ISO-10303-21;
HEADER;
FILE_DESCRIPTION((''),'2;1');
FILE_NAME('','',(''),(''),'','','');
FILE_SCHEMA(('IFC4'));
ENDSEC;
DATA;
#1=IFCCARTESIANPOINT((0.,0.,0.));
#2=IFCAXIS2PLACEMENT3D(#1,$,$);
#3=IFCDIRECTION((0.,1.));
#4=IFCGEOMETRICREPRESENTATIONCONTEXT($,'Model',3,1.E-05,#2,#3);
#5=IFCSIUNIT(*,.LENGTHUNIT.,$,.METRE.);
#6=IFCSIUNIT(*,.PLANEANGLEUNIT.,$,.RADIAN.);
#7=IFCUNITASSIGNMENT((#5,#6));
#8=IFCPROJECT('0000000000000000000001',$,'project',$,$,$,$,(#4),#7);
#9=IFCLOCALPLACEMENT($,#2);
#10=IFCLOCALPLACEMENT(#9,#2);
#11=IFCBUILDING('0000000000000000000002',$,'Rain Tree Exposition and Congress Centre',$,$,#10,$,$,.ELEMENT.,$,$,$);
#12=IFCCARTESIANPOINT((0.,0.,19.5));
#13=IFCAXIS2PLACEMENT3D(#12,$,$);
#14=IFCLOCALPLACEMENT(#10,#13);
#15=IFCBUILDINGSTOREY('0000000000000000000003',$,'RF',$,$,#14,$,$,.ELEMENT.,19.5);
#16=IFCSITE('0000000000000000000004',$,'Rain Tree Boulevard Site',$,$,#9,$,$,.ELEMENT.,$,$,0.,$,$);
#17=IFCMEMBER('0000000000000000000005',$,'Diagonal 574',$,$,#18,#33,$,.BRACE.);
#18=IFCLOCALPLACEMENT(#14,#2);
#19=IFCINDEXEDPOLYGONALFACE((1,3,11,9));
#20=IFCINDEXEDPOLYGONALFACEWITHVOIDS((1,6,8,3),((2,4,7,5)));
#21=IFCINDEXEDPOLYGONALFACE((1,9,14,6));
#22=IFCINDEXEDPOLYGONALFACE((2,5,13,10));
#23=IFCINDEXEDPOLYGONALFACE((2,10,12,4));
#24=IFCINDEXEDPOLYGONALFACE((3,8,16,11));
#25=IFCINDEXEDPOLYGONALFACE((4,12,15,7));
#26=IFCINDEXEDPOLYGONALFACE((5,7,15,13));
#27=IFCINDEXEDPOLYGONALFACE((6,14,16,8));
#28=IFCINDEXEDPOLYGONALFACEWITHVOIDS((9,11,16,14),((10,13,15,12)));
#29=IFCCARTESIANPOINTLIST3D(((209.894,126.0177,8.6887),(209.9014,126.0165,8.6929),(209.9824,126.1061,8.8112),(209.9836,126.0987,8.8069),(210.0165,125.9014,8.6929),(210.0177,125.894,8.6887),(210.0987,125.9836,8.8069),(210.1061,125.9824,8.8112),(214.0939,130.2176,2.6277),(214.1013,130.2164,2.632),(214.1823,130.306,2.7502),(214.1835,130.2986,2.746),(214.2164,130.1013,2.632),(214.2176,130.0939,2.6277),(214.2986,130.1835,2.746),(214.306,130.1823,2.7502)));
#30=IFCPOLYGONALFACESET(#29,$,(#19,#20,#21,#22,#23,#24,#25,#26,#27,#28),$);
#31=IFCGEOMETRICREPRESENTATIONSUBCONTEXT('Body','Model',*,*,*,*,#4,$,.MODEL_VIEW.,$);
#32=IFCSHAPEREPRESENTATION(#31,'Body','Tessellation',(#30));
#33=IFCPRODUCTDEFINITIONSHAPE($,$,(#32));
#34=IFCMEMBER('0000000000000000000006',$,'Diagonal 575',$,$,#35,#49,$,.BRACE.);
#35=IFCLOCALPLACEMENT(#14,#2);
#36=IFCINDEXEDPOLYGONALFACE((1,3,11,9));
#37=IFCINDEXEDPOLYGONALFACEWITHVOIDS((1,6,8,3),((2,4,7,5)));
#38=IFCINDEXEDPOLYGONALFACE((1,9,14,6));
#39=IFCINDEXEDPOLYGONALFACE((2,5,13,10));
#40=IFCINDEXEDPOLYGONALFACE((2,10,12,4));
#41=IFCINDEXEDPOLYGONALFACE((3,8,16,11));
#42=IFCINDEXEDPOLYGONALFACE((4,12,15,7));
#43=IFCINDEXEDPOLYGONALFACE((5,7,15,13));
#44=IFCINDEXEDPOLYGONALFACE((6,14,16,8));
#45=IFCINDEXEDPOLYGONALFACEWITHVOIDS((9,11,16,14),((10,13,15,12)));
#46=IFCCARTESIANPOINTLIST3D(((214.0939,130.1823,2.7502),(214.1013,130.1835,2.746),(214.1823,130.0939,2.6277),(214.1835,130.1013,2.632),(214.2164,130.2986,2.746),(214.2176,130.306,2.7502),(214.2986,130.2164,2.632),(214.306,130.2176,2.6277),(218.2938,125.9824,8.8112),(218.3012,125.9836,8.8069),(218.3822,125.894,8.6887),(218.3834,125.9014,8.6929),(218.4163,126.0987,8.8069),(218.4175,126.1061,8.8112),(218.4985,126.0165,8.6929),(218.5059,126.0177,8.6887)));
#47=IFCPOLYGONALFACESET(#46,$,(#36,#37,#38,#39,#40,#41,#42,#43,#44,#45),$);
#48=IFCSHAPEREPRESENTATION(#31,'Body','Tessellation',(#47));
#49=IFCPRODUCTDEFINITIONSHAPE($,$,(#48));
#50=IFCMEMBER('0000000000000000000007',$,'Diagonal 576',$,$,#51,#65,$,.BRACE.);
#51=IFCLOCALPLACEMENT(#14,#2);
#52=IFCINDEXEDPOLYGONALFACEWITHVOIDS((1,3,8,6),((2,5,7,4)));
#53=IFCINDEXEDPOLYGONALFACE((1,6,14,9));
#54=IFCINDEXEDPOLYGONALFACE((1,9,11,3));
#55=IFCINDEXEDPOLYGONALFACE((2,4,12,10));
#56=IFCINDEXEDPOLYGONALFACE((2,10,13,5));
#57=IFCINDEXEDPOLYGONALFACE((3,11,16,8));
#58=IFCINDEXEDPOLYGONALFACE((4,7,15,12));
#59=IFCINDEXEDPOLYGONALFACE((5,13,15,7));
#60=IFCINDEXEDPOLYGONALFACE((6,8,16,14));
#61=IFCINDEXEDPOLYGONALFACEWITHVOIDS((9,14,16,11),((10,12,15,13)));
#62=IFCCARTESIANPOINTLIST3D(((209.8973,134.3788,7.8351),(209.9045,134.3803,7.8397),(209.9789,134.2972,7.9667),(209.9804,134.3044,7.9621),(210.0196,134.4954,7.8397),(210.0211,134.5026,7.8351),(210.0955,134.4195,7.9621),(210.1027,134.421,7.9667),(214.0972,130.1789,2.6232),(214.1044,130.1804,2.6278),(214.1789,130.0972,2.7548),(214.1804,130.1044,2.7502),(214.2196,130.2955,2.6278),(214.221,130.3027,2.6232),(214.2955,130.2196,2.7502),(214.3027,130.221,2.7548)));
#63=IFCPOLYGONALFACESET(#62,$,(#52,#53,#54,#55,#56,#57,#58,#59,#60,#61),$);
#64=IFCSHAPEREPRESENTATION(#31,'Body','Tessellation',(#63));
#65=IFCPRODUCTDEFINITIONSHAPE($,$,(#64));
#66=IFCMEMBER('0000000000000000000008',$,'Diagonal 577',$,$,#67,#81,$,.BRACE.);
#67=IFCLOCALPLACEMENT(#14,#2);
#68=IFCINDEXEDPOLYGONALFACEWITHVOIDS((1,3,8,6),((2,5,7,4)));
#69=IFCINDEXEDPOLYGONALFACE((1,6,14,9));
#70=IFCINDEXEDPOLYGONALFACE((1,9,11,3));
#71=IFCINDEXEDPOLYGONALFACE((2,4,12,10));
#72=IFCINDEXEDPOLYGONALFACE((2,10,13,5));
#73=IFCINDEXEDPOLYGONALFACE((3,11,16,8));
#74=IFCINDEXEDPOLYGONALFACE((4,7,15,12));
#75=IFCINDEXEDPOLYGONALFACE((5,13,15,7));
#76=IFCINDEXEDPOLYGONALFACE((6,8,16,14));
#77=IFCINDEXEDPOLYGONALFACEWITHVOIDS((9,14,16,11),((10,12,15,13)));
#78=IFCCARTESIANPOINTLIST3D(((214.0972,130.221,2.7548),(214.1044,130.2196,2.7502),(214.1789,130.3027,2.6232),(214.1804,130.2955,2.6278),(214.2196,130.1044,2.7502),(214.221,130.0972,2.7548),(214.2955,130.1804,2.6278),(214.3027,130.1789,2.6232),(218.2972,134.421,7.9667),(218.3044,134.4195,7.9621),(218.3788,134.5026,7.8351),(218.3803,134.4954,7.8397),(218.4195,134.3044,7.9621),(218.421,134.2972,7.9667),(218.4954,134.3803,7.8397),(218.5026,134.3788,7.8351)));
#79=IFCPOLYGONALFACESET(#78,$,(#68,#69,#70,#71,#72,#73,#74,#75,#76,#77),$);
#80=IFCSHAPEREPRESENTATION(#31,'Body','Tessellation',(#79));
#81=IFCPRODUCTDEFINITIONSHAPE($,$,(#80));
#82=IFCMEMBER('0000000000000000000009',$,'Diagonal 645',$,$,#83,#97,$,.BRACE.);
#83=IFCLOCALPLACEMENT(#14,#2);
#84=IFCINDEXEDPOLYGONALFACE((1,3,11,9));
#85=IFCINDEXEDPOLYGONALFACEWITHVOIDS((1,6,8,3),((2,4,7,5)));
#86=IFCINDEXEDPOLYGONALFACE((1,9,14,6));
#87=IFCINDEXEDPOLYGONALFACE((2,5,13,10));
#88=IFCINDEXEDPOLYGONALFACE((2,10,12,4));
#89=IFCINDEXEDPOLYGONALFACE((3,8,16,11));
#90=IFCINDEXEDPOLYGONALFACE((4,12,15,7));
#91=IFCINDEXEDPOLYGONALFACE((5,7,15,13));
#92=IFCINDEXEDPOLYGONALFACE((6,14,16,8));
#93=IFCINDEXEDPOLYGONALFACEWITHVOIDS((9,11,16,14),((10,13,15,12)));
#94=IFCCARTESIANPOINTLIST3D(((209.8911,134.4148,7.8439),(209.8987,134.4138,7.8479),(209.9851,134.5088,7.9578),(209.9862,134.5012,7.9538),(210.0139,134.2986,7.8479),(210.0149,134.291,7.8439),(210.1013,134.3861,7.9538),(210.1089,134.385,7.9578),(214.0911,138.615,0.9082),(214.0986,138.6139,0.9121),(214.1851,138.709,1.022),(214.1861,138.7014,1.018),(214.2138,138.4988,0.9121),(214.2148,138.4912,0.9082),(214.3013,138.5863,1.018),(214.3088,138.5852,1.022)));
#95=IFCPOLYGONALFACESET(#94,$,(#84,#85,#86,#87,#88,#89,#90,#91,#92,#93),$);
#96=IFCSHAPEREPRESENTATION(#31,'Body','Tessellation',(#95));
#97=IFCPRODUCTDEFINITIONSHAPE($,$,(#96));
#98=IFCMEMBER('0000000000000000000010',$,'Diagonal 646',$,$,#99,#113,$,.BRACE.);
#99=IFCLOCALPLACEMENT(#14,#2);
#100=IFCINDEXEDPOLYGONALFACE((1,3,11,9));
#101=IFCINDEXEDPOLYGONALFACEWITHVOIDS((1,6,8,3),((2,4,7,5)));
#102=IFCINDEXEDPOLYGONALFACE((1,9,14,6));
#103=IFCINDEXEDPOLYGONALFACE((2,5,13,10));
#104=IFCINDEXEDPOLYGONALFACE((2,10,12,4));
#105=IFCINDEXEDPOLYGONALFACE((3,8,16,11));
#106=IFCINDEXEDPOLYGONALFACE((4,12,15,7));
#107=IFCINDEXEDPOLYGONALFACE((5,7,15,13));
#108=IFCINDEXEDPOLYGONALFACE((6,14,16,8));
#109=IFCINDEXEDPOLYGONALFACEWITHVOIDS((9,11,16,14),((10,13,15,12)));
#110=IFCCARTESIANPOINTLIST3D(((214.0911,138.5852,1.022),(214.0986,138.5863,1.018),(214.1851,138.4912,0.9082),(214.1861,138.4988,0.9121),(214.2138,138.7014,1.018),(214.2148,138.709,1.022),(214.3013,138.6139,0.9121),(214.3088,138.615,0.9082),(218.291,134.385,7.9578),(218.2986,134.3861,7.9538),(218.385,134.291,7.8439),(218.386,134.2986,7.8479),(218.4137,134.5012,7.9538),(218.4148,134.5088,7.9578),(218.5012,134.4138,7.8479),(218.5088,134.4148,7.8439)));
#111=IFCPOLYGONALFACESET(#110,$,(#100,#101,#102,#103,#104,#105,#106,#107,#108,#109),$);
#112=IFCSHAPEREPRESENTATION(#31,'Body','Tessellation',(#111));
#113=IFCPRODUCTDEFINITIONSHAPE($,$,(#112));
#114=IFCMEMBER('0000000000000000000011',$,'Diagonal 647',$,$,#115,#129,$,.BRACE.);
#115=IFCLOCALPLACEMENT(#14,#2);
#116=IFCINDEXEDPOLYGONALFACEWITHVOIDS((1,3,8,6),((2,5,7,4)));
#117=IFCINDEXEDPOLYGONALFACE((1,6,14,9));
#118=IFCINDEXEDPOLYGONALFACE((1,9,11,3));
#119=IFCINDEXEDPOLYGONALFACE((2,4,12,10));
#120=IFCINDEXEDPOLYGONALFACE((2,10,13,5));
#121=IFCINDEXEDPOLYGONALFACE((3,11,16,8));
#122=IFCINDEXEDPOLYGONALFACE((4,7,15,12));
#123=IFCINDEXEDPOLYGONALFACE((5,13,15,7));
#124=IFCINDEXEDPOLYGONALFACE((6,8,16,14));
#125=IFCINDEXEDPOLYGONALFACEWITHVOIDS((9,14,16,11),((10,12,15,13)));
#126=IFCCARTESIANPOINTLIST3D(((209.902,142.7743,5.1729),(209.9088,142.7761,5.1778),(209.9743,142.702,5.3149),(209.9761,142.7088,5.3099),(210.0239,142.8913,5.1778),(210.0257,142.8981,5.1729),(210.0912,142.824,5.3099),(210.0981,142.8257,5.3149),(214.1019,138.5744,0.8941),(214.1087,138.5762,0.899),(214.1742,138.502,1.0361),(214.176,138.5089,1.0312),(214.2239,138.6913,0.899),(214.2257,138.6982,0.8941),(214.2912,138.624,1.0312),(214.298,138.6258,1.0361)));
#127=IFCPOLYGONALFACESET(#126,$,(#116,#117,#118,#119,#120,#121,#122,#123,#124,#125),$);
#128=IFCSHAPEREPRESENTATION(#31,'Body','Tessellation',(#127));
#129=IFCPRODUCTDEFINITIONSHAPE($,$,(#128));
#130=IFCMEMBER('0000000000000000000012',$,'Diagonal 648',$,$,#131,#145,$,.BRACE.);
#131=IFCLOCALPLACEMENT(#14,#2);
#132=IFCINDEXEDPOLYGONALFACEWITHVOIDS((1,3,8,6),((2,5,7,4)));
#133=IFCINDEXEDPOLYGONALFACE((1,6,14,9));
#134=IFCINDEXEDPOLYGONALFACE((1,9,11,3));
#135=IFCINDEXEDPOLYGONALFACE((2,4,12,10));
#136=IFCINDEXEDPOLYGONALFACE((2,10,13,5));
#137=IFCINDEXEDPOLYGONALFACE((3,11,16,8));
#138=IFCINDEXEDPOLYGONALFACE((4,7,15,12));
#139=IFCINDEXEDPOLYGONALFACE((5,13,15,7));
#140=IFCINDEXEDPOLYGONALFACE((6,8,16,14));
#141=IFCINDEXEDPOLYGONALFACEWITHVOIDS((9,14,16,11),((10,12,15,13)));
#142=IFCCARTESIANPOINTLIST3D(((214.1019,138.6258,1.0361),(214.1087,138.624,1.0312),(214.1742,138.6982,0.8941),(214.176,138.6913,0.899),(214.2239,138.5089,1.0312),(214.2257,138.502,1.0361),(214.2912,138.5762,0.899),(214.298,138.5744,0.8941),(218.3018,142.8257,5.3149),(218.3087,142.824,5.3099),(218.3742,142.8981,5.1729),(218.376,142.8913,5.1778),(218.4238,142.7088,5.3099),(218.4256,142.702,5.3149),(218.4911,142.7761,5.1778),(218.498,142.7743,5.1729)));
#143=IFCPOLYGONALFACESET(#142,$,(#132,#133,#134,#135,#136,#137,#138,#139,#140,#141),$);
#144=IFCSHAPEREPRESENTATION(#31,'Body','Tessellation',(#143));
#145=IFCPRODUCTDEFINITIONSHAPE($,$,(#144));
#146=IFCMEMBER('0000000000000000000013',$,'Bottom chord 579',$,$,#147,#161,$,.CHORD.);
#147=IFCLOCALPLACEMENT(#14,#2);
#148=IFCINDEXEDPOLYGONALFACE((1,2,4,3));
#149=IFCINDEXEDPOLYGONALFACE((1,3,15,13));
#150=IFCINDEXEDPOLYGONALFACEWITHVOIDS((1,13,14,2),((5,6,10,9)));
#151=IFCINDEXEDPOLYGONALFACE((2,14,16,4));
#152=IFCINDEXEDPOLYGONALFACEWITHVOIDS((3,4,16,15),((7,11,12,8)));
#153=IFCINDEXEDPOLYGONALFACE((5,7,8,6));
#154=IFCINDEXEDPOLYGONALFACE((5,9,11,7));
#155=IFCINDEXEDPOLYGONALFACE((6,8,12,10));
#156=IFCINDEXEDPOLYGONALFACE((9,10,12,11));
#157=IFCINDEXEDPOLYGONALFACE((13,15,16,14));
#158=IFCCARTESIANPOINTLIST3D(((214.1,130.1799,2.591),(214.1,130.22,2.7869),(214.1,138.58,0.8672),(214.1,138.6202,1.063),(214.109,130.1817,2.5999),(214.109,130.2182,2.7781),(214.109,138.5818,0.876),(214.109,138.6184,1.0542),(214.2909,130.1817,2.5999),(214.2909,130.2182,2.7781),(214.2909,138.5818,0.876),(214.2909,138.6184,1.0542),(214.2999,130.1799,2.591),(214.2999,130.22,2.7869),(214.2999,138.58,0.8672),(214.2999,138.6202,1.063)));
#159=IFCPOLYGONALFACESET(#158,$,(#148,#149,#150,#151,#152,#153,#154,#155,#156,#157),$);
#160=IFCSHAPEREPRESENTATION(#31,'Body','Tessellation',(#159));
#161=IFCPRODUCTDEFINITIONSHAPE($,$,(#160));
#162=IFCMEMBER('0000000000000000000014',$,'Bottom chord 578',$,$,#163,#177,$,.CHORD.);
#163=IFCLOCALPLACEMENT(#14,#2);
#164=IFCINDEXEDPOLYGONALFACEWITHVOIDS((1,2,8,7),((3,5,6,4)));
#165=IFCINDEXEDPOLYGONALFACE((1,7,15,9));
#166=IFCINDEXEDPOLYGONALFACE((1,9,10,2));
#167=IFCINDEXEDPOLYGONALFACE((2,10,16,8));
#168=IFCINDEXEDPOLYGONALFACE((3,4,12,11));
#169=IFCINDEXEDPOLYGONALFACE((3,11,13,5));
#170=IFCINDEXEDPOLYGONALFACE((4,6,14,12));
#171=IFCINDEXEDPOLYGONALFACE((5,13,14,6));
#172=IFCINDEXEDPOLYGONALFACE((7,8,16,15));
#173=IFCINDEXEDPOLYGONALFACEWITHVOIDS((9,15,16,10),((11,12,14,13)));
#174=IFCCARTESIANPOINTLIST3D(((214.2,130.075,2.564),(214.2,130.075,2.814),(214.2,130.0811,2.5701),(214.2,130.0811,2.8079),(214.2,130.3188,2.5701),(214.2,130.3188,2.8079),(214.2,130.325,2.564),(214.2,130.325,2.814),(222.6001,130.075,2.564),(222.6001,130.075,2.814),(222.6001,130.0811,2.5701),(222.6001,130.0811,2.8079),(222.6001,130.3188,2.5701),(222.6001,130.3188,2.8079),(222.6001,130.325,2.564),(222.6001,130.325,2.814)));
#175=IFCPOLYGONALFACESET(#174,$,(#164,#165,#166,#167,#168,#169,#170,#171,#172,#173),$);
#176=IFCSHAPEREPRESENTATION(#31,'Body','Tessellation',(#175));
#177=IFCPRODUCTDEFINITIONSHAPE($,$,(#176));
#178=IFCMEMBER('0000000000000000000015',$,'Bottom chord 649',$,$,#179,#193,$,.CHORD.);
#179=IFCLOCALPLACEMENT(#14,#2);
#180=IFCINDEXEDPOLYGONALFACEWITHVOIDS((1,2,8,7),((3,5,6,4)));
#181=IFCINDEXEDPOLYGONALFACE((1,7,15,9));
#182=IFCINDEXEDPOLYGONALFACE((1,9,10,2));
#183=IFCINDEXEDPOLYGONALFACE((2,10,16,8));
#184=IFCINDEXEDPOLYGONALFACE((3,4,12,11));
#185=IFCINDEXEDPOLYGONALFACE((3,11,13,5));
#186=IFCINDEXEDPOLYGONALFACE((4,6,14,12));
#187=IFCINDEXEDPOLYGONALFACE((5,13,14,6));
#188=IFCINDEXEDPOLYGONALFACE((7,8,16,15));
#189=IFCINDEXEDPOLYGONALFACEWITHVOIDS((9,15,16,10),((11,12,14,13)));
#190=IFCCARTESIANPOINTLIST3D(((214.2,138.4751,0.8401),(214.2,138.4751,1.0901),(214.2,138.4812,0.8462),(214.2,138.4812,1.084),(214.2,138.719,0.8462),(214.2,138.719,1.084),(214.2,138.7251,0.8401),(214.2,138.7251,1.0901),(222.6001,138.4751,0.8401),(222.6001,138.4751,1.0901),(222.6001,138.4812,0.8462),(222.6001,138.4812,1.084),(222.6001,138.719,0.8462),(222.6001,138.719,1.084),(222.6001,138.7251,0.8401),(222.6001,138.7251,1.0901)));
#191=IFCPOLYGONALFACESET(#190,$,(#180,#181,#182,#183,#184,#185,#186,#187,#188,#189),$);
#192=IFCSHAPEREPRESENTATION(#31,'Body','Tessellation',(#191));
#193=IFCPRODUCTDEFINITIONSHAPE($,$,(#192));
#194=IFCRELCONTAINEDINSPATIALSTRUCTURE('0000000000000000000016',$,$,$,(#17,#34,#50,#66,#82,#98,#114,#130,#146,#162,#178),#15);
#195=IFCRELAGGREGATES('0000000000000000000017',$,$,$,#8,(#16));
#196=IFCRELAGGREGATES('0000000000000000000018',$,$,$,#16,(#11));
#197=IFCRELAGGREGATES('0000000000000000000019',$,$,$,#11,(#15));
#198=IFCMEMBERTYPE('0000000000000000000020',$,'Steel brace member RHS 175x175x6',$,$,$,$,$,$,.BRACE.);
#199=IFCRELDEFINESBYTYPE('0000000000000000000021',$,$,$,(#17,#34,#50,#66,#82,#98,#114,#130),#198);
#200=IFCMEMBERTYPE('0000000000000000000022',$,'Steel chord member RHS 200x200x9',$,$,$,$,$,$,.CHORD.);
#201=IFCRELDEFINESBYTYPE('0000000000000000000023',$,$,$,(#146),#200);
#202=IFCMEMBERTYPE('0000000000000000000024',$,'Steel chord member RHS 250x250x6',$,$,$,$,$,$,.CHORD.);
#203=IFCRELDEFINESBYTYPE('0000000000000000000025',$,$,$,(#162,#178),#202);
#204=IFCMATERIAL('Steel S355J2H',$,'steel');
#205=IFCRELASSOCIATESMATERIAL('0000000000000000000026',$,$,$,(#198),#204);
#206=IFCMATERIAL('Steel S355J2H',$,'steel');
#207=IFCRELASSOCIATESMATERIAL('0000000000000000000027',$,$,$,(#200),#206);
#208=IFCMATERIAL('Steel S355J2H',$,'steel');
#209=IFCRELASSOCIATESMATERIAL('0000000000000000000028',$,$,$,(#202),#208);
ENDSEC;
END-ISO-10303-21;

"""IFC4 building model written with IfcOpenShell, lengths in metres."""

from ifc_helpers import new_model, si_unit, direction, frame, origin, origin_2d, place, context, subcontext, project, spatial, hollow_rectangle, extrude, material, material_profile, profile_set, type_object, element, save


model = new_model("IFC4")

# Units and contexts
model_context = context("Model", 3, precision=1e-05, world=origin(), true_north=direction((0.0, 1.0)))
body_context = subcontext(model_context, "Body", "Model", "MODEL_VIEW")
ifc_project = project(units=[si_unit("LENGTHUNIT", "METRE"), si_unit("PLANEANGLEUNIT", "RADIAN")], contexts=[model_context])

# Site, building, storey
site_placement = place(None, origin())
site = spatial("IfcSite", under=ifc_project, at=site_placement, Name="Rain Tree Boulevard Site", CompositionType="ELEMENT", RefElevation=0.0)
building_placement = place(site_placement, origin())
building = spatial("IfcBuilding", under=site, at=building_placement, Name="Rain Tree Exposition and Congress Centre", CompositionType="ELEMENT")
storey_placement = place(building_placement, frame((0.0, 0.0, 19.5)))
storey = spatial("IfcBuildingStorey", under=building, at=storey_placement, Name="RF", CompositionType="ELEMENT", Elevation=19.5)

# Members
ifc_material_1 = material(Name="Steel S355J2H", Category="steel")
ifc_material_profile_1 = material_profile(ifc_material_1, hollow_rectangle(XDim=0.175, YDim=0.175, WallThickness=0.0061, at=origin_2d()), Name="RHS 175x175x6")
ifc_profile_set_1 = profile_set([ifc_material_profile_1], Name="Steel S355J2H")
member_type_1 = type_object("IfcMemberType", Name="Steel brace member RHS 175x175x6", PredefinedType="BRACE", material=ifc_profile_set_1)
for number, where, z_axis, x_axis, name in (
    (1, (214.2, 130.2, 2.689), (-0.494916, -0.494916, 0.714224), (0.707107, -0.707107, 0.0), "Diagonal 574"),
    (2, (214.2, 130.2, 2.689), (0.494916, -0.494916, 0.714224), (0.707107, 0.707107, 0.0), "Diagonal 575"),
):
    element("IfcMember", number, at=place(storey_placement, frame(where, z_axis=z_axis, x_axis=x_axis)), inside=storey, type_object=member_type_1, Name=name, PredefinedType="BRACE", context=body_context, shape_type="SweptSolid", body=[
        extrude(hollow_rectangle(XDim=0.175, YDim=0.175, WallThickness=0.0061, at=origin_2d()), origin(), (0.0, 0.0, 1.0), 8.4861),
    ])
for number, where, z_axis, x_axis, name in (
    (3, (214.2, 130.2, 2.689), (-0.531498, 0.531498, 0.65956), (-0.707107, -0.707107, 0.0), "Diagonal 576"),
    (4, (214.2, 130.2, 2.689), (0.531498, 0.531498, 0.65956), (-0.707107, 0.707107, 0.0), "Diagonal 577"),
):
    element("IfcMember", number, at=place(storey_placement, frame(where, z_axis=z_axis, x_axis=x_axis)), inside=storey, type_object=member_type_1, Name=name, PredefinedType="BRACE", context=body_context, shape_type="SweptSolid", body=[
        extrude(hollow_rectangle(XDim=0.175, YDim=0.175, WallThickness=0.0061, at=origin_2d()), origin(), (0.0, 0.0, 1.0), 7.9021),
    ])
for number, where, z_axis, x_axis, name in (
    (5, (214.2, 138.6001, 0.9651), (-0.459935, -0.459962, 0.759536), (0.707127, -0.707086, 0.0), "Diagonal 645"),
    (6, (214.2, 138.6001, 0.9651), (0.459935, -0.459962, 0.759536), (0.707127, 0.707086, 0.0), "Diagonal 646"),
):
    element("IfcMember", number, at=place(storey_placement, frame(where, z_axis=z_axis, x_axis=x_axis)), inside=storey, type_object=member_type_1, Name=name, PredefinedType="BRACE", context=body_context, shape_type="SweptSolid", body=[
        extrude(hollow_rectangle(XDim=0.175, YDim=0.175, WallThickness=0.0061, at=origin_2d()), origin(), (0.0, 0.0, 1.0), 9.1316),
    ])
for number, where, z_axis, x_axis, name in (
    (7, (214.2, 138.6001, 0.9651), (-0.573737, 0.573737, 0.58451), (-0.707107, -0.707107, 0.0), "Diagonal 647"),
    (8, (214.2, 138.6001, 0.9651), (0.573737, 0.573737, 0.58451), (-0.707107, 0.707107, 0.0), "Diagonal 648"),
):
    element("IfcMember", number, at=place(storey_placement, frame(where, z_axis=z_axis, x_axis=x_axis)), inside=storey, type_object=member_type_1, Name=name, PredefinedType="BRACE", context=body_context, shape_type="SweptSolid", body=[
        extrude(hollow_rectangle(XDim=0.175, YDim=0.175, WallThickness=0.0061, at=origin_2d()), origin(), (0.0, 0.0, 1.0), 7.3203),
    ])
ifc_material_2 = material(Name="Steel S355J2H", Category="steel")
ifc_material_profile_2 = material_profile(ifc_material_2, hollow_rectangle(XDim=0.2, YDim=0.2, WallThickness=0.009, at=origin_2d()), Name="RHS 200x200x9")
ifc_profile_set_2 = profile_set([ifc_material_profile_2], Name="Steel S355J2H")
member_type_2 = type_object("IfcMemberType", Name="Steel chord member RHS 200x200x9", PredefinedType="CHORD", material=ifc_profile_set_2)
member_1_placement = place(storey_placement, frame((214.2, 130.2, 2.689), z_axis=(0.0, 0.979585, -0.20103), x_axis=(-1.0, 0.0, 0.0)))
element("IfcMember", 9, at=member_1_placement, inside=storey, type_object=member_type_2, Name="Bottom chord 579", PredefinedType="CHORD", context=body_context, shape_type="SweptSolid", body=[
    extrude(hollow_rectangle(XDim=0.2, YDim=0.2, WallThickness=0.009, at=origin_2d()), origin(), (0.0, 0.0, 1.0), 8.5752),
])
ifc_material_3 = material(Name="Steel S355J2H", Category="steel")
ifc_material_profile_3 = material_profile(ifc_material_3, hollow_rectangle(XDim=0.25, YDim=0.25, WallThickness=0.0061, at=origin_2d()), Name="RHS 250x250x6")
ifc_profile_set_3 = profile_set([ifc_material_profile_3], Name="Steel S355J2H")
member_type_3 = type_object("IfcMemberType", Name="Steel chord member RHS 250x250x6", PredefinedType="CHORD", material=ifc_profile_set_3)
for number, where, z_axis, x_axis, name in (
    (10, (214.2, 130.2, 2.689), (1.0, 0.0, 0.0), (0.0, 1.0, 0.0), "Bottom chord 578"),
    (11, (214.2, 138.6001, 0.9651), (1.0, 0.0, 0.0), (0.0, 1.0, 0.0), "Bottom chord 649"),
):
    element("IfcMember", number, at=place(storey_placement, frame(where, z_axis=z_axis, x_axis=x_axis)), inside=storey, type_object=member_type_3, Name=name, PredefinedType="CHORD", context=body_context, shape_type="SweptSolid", body=[
        extrude(hollow_rectangle(XDim=0.25, YDim=0.25, WallThickness=0.0061, at=origin_2d()), origin(), (0.0, 0.0, 1.0), 8.4001),
    ])

save(model, "model.ifc")
